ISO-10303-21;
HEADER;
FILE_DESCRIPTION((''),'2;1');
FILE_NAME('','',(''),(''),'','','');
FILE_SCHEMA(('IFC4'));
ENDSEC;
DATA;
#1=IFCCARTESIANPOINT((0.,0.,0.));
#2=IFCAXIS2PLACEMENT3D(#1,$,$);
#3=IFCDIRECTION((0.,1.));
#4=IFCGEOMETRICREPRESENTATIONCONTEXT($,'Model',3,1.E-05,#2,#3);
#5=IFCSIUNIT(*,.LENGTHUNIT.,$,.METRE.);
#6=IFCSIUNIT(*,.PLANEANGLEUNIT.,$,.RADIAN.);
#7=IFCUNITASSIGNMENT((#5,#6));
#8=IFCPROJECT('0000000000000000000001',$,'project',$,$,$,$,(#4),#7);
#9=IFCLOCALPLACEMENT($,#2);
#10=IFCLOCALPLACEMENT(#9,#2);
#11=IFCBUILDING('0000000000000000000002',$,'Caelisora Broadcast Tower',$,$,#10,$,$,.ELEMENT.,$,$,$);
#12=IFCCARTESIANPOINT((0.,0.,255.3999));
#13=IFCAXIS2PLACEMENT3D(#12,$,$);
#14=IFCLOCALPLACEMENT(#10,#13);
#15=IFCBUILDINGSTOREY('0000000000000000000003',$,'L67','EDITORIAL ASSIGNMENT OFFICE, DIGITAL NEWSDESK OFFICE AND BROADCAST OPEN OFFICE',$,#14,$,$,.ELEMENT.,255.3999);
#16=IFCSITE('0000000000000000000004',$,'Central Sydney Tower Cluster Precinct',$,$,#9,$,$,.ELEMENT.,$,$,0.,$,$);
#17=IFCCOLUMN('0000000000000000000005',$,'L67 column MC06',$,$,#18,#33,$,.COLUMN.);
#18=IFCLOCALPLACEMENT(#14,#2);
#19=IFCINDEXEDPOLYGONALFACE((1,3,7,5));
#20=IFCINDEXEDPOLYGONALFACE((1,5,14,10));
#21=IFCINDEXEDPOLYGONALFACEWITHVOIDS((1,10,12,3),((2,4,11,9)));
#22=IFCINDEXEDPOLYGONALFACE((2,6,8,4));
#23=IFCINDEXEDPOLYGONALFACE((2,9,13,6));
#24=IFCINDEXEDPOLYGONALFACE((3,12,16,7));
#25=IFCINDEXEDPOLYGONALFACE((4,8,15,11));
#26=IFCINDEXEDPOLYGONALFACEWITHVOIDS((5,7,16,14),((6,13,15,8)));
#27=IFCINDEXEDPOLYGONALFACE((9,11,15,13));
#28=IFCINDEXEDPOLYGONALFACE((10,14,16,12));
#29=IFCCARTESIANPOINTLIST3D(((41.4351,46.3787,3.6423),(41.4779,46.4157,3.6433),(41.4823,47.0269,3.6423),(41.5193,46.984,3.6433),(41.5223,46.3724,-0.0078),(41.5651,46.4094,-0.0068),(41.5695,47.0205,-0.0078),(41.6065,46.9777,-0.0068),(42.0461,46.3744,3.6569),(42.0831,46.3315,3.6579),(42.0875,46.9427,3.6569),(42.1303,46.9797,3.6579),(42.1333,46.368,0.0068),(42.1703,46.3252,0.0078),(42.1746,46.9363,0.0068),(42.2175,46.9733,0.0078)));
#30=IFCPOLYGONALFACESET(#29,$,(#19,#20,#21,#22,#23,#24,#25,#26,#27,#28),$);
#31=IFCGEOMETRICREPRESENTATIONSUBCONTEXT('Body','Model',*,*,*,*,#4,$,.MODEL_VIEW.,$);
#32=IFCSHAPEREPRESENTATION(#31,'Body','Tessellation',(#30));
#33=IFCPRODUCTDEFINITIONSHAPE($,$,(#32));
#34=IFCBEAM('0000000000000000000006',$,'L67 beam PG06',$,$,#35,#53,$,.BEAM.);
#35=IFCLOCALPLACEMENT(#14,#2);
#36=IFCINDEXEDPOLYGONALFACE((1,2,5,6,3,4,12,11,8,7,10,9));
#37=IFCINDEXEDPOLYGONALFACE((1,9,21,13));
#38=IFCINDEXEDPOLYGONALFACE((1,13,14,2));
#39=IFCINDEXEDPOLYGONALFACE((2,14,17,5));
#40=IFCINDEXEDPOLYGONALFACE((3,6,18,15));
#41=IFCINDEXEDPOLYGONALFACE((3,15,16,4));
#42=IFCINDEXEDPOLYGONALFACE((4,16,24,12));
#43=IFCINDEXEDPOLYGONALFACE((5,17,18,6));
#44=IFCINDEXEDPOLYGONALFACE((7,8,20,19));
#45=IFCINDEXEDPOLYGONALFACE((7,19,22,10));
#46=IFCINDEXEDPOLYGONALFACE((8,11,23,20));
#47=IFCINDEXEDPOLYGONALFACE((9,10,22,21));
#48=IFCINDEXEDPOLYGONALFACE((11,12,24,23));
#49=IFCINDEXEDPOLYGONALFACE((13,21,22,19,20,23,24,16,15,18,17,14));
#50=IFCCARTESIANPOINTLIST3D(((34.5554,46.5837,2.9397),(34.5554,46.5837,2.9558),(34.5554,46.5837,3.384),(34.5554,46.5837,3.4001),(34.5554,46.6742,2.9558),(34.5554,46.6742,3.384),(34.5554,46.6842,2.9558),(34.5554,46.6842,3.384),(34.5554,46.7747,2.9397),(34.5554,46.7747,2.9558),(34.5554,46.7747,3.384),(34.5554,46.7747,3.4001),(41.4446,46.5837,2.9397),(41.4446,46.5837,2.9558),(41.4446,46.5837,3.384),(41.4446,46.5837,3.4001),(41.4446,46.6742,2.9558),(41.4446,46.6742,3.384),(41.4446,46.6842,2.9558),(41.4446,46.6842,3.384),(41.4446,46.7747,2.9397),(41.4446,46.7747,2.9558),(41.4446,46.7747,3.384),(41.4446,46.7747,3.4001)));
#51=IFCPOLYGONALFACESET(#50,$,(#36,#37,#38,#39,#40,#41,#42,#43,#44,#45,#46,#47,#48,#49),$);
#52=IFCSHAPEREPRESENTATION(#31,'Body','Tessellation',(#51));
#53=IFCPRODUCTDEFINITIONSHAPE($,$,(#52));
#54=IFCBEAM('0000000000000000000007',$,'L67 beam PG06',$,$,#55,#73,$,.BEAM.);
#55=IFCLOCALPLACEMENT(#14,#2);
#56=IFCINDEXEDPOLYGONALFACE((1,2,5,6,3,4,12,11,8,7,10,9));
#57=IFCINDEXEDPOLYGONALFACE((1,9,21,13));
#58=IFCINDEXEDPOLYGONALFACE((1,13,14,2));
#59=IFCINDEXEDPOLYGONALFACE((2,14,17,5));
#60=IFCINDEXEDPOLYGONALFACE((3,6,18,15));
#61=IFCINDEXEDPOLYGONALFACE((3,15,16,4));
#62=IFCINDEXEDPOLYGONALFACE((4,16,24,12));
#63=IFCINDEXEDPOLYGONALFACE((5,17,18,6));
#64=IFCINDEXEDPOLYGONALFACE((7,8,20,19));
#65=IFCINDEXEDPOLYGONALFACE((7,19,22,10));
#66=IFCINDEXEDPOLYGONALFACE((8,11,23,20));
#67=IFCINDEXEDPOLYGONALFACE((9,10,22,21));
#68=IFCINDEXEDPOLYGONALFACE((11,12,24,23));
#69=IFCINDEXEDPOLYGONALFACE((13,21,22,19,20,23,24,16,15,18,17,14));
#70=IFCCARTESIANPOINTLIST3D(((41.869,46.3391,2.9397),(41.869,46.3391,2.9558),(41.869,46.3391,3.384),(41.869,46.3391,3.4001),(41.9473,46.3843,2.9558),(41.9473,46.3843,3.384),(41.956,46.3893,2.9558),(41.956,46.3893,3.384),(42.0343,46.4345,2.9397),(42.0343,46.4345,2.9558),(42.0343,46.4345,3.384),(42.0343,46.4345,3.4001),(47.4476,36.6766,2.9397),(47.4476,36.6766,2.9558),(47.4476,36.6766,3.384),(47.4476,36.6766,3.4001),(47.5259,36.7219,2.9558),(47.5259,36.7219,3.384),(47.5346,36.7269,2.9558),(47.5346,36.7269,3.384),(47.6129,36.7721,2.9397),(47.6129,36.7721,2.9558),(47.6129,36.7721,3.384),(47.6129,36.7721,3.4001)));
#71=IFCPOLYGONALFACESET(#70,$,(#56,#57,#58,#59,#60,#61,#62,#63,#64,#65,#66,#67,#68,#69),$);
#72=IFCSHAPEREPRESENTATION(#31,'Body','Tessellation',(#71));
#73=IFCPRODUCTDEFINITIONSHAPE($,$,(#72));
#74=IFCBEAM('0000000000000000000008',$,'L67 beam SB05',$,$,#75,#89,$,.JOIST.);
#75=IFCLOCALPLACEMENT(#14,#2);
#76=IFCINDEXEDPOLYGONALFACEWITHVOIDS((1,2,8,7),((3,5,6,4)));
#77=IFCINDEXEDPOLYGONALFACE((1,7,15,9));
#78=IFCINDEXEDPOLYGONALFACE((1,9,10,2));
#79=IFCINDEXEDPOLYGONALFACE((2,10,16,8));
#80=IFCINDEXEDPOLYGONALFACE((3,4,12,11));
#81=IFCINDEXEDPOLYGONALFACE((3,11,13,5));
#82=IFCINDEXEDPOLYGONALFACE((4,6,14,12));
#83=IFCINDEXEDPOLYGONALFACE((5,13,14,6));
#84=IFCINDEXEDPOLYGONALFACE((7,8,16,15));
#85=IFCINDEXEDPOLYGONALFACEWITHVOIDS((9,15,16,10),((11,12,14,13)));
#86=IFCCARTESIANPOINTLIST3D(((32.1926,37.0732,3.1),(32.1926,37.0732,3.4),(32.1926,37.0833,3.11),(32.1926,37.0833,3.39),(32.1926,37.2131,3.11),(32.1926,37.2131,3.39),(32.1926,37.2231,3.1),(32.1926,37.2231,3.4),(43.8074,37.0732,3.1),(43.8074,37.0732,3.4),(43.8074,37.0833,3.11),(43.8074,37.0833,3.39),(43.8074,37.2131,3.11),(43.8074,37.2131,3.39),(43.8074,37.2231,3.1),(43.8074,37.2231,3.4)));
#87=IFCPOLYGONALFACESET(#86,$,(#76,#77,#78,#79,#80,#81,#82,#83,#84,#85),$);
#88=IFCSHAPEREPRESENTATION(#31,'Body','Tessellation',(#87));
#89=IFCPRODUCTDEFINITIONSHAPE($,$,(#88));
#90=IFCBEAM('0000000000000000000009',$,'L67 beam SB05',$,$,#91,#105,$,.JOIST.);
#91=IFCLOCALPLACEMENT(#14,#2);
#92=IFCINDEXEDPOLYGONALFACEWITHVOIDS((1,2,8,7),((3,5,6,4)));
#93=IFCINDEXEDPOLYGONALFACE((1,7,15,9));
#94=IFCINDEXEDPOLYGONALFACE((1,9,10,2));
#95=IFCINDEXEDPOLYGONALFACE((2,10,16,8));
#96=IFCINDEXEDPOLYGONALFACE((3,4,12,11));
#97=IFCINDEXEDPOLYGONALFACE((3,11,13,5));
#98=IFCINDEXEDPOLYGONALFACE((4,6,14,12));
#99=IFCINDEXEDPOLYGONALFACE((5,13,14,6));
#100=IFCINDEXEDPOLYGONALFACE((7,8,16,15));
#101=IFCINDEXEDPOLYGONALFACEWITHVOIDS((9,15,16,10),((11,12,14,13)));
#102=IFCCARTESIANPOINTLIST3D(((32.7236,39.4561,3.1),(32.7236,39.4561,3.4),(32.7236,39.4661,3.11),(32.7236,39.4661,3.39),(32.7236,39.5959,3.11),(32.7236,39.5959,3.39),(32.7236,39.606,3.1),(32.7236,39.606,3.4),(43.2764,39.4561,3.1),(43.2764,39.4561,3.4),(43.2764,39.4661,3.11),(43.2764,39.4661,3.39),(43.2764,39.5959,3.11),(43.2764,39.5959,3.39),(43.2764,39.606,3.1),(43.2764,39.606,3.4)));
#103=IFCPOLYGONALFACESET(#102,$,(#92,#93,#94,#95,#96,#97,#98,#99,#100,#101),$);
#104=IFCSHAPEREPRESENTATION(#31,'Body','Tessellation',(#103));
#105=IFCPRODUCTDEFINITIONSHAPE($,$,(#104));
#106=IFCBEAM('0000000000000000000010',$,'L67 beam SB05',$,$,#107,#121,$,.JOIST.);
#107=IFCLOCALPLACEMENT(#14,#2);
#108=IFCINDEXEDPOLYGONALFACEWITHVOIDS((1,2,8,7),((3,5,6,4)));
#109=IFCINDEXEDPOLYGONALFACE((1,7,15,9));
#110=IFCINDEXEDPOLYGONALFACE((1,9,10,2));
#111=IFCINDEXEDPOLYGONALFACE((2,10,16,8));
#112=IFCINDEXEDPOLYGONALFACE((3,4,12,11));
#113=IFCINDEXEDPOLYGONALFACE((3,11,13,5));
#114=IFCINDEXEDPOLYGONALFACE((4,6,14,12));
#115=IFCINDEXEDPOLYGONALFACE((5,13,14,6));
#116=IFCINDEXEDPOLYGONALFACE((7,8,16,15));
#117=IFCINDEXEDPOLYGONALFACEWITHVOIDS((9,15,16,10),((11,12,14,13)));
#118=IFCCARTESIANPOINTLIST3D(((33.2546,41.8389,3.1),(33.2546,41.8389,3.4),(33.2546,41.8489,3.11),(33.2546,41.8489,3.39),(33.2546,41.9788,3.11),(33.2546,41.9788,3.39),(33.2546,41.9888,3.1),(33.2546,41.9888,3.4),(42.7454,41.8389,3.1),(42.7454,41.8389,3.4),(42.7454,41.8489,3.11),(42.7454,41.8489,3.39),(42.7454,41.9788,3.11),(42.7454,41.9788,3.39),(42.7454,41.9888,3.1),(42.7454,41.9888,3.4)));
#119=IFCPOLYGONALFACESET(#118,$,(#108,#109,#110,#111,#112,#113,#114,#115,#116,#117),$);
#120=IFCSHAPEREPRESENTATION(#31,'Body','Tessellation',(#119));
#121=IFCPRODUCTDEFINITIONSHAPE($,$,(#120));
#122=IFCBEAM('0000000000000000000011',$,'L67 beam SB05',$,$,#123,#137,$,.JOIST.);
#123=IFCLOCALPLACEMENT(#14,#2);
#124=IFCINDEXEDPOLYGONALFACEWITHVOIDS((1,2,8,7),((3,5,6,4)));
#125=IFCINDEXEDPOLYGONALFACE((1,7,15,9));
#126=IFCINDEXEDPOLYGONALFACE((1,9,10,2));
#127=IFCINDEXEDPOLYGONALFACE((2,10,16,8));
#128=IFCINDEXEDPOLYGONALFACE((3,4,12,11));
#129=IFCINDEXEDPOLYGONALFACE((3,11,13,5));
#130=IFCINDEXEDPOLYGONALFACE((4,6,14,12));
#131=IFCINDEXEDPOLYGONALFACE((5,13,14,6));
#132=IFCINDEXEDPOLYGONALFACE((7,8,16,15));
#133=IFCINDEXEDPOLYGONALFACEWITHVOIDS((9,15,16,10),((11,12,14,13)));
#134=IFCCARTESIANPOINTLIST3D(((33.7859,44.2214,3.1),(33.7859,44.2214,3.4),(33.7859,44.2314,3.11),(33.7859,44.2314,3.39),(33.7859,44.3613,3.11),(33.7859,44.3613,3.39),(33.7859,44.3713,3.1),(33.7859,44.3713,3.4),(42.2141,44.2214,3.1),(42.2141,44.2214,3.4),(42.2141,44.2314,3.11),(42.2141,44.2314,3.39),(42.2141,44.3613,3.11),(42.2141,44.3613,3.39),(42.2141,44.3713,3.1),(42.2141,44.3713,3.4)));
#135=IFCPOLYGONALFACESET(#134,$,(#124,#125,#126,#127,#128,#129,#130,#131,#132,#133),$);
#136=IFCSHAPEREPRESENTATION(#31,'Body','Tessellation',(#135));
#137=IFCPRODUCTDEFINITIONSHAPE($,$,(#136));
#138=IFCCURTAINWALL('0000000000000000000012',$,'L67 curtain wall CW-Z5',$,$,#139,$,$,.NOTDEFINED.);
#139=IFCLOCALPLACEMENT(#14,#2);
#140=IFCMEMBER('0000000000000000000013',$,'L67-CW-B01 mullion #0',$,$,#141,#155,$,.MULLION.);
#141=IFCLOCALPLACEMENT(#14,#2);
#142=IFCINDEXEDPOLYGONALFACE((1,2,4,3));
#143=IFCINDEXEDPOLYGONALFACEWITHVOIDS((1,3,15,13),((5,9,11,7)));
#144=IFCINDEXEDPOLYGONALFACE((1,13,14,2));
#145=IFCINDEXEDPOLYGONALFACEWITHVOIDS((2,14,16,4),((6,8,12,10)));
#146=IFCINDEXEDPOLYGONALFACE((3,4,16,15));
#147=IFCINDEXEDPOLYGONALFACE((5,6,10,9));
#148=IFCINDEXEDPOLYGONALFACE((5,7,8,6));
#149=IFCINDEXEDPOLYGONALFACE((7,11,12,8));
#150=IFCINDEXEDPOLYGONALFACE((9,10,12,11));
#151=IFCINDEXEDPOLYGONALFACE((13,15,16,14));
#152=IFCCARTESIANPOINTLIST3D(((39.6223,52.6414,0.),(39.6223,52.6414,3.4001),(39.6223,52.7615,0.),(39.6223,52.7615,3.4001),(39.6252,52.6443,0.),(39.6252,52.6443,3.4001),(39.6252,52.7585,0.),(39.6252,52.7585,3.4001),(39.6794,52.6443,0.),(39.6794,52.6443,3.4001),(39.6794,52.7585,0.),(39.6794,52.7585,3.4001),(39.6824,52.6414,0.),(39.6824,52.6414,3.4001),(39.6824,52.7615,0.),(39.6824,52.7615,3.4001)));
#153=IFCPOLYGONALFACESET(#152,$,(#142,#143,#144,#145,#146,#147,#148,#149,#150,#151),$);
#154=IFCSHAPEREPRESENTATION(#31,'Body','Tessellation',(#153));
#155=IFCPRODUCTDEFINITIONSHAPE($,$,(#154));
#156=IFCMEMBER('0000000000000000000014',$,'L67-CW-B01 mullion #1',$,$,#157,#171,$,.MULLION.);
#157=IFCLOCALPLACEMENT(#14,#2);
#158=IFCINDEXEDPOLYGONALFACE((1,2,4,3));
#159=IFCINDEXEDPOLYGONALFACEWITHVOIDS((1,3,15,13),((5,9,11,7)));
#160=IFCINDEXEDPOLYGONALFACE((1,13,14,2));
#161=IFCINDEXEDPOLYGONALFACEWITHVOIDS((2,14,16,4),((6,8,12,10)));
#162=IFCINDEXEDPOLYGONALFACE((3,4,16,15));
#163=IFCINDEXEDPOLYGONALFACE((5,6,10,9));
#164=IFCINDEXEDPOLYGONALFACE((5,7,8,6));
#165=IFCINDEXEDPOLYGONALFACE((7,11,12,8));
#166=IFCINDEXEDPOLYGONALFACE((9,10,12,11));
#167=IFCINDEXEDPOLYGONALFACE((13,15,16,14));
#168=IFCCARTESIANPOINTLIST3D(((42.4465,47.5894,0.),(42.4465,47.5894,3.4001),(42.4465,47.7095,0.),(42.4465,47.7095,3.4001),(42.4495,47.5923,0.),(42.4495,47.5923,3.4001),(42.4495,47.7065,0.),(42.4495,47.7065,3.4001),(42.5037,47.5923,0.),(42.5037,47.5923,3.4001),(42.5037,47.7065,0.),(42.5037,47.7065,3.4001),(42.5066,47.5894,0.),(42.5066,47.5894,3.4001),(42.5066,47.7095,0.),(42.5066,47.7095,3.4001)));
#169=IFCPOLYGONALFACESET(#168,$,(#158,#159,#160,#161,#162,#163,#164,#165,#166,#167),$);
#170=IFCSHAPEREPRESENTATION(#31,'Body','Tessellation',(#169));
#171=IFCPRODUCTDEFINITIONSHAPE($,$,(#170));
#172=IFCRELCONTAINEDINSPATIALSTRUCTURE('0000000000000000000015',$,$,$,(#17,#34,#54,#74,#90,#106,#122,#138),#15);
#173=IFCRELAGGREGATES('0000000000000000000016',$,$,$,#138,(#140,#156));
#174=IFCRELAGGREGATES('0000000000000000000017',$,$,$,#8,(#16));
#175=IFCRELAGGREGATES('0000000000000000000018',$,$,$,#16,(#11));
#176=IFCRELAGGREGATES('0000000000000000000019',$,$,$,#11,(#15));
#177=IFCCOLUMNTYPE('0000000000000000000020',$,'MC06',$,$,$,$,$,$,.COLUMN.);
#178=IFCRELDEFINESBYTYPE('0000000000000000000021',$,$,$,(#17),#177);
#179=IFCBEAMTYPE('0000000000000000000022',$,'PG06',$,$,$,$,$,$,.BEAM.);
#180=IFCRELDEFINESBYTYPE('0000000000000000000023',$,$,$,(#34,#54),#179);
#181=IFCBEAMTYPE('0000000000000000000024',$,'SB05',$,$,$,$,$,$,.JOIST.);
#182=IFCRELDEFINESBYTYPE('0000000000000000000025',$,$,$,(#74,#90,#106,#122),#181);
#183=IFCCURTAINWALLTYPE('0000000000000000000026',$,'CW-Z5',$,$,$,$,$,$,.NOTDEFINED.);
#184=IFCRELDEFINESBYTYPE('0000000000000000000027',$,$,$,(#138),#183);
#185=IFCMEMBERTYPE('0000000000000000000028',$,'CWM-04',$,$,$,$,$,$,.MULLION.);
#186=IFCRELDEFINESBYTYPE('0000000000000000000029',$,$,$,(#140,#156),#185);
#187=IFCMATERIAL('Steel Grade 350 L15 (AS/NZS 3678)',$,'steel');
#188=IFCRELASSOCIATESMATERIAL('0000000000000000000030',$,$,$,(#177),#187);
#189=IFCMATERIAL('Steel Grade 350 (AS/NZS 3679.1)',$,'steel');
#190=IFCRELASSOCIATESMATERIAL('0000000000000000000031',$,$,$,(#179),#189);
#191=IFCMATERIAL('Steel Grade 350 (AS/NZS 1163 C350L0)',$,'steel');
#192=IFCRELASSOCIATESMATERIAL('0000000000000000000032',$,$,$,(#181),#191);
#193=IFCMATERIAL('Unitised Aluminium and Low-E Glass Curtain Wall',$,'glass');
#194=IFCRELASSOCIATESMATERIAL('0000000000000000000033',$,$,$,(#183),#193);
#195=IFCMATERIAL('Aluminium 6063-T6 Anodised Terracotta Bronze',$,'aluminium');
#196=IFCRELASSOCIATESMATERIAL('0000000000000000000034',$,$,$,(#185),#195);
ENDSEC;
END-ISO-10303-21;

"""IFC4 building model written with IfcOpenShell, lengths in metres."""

from ifc_helpers import new_model, si_unit, direction, frame, origin, origin_2d, place, context, subcontext, project, spatial, hollow_rectangle, i_section, extrude, source, transform, mapped, material, material_profile, profile_set, type_object, type_shapes, element, aggregate, save


model = new_model("IFC4")

# Units and contexts
model_context = context("Model", 3, precision=1e-05, world=origin(), true_north=direction((0.0, 1.0)))
body_context = subcontext(model_context, "Body", "Model", "MODEL_VIEW")
ifc_project = project(units=[si_unit("LENGTHUNIT", "METRE"), si_unit("PLANEANGLEUNIT", "RADIAN")], contexts=[model_context])

# Site, building, storey
site_placement = place(None, origin())
site = spatial("IfcSite", under=ifc_project, at=site_placement, Name="Central Sydney Tower Cluster Precinct", CompositionType="ELEMENT", RefElevation=0.0)
building_placement = place(site_placement, origin())
building = spatial("IfcBuilding", under=site, at=building_placement, Name="Caelisora Broadcast Tower", CompositionType="ELEMENT")
storey_placement = place(building_placement, frame((0.0, 0.0, 255.3999)))
storey = spatial("IfcBuildingStorey", under=building, at=storey_placement, Name="L67", Description="EDITORIAL ASSIGNMENT OFFICE, DIGITAL NEWSDESK OFFICE AND BROADCAST OPEN OFFICE", CompositionType="ELEMENT", Elevation=255.3999)

# Column
ifc_material_1 = material(Name="Steel Grade 350 L15 (AS/NZS 3678)", Category="steel")
ifc_material_profile_1 = material_profile(ifc_material_1, hollow_rectangle(XDim=0.6499, YDim=0.6499, WallThickness=0.04, at=origin_2d()), Name="Steel Grade 350 L15 (AS/NZS 3678)")
ifc_profile_set_1 = profile_set([ifc_material_profile_1], Name="Steel Grade 350 L15 (AS/NZS 3678)")
column_type = type_object("IfcColumnType", Name="MC06", PredefinedType="COLUMN", material=ifc_profile_set_1)
shared_shape_1 = source(origin(), body_context, "Body", "SweptSolid", [
    extrude(hollow_rectangle(XDim=0.6499, YDim=0.6499, WallThickness=0.04, at=origin_2d()), origin(), (0.0, 0.0, 1.0), 3.6511),
])
type_shapes(column_type, [shared_shape_1])
column_placement = place(storey_placement, frame((41.8699, 46.6729, 0.0), z_axis=(-0.023871, 0.001739, 0.999714), x_axis=(-0.072637, -0.997358, 0.0)))
element("IfcColumn", 1, at=column_placement, inside=storey, type_object=column_type, Name="L67 column MC06", PredefinedType="COLUMN", context=body_context, shape_type="MappedRepresentation", body=[
    mapped(shared_shape_1, transform((0.0, 0.0, 0.0), scale=1.0)),
])

# Beams
ifc_material_2 = material(Name="Steel Grade 350 (AS/NZS 3679.1)", Category="steel")
ifc_material_profile_2 = material_profile(ifc_material_2, i_section(OverallWidth=0.1909, OverallDepth=0.4604, WebThickness=0.01, FlangeThickness=0.0161, at=origin_2d()), Name="Steel Grade 350 (AS/NZS 3679.1)")
ifc_profile_set_2 = profile_set([ifc_material_profile_2], Name="Steel Grade 350 (AS/NZS 3679.1)")
beam_type_1 = type_object("IfcBeamType", Name="PG06", PredefinedType="BEAM", material=ifc_profile_set_2)
shared_shape_2 = source(origin(), body_context, "Body", "SweptSolid", [
    extrude(i_section(OverallWidth=0.1909, OverallDepth=0.4604, WebThickness=0.01, FlangeThickness=0.0161, at=origin_2d()), origin(), (0.0, 0.0, 1.0), 6.8892),
])
beam_1_placement = place(storey_placement, frame((41.4446, 46.6792, 3.1699), z_axis=(-1.0, 0.0, 0.0), x_axis=(0.0, -1.0, 0.0)))
element("IfcBeam", 2, at=beam_1_placement, inside=storey, type_object=beam_type_1, Name="L67 beam PG06", PredefinedType="BEAM", context=body_context, shape_type="MappedRepresentation", body=[
    mapped(shared_shape_2, transform((0.0, 0.0, 0.0), scale=1.0)),
])
shared_shape_3 = source(origin(), body_context, "Body", "SweptSolid", [
    extrude(i_section(OverallWidth=0.1909, OverallDepth=0.4604, WebThickness=0.01, FlangeThickness=0.0161, at=origin_2d()), origin(), (0.0, 0.0, 1.0), 11.1572),
])
type_shapes(beam_type_1, [shared_shape_2, shared_shape_3])
beam_2_placement = place(storey_placement, frame((47.5303, 36.7244, 3.1699), z_axis=(-0.500003, 0.866023, 0.0), x_axis=(-0.866023, -0.500003, 0.0)))
element("IfcBeam", 3, at=beam_2_placement, inside=storey, type_object=beam_type_1, Name="L67 beam PG06", PredefinedType="BEAM", context=body_context, shape_type="MappedRepresentation", body=[
    mapped(shared_shape_3, transform((0.0, 0.0, 0.0), scale=1.0)),
])
ifc_material_3 = material(Name="Steel Grade 350 (AS/NZS 1163 C350L0)", Category="steel")
ifc_material_profile_3 = material_profile(ifc_material_3, hollow_rectangle(XDim=0.1499, YDim=0.3, WallThickness=0.01, at=origin_2d()), Name="Steel Grade 350 (AS/NZS 1163 C350L0)")
ifc_profile_set_3 = profile_set([ifc_material_profile_3], Name="Steel Grade 350 (AS/NZS 1163 C350L0)")
beam_type_2 = type_object("IfcBeamType", Name="SB05", PredefinedType="JOIST", material=ifc_profile_set_3)
shared_shape_4 = source(origin(), body_context, "Body", "SweptSolid", [
    extrude(hollow_rectangle(XDim=0.1499, YDim=0.3, WallThickness=0.01, at=origin_2d()), origin(), (0.0, 0.0, 1.0), 11.6147),
])
beam_3_placement = place(storey_placement, frame((43.8074, 37.1482, 3.25), z_axis=(-1.0, 0.0, 0.0), x_axis=(0.0, -1.0, 0.0)))
element("IfcBeam", 4, at=beam_3_placement, inside=storey, type_object=beam_type_2, Name="L67 beam SB05", PredefinedType="JOIST", context=body_context, shape_type="MappedRepresentation", body=[
    mapped(shared_shape_4, transform((0.0, 0.0, 0.0), scale=1.0)),
])
shared_shape_5 = source(origin(), body_context, "Body", "SweptSolid", [
    extrude(hollow_rectangle(XDim=0.1499, YDim=0.3, WallThickness=0.01, at=origin_2d()), origin(), (0.0, 0.0, 1.0), 10.5527),
])
beam_4_placement = place(storey_placement, frame((43.2764, 39.531, 3.25), z_axis=(-1.0, 0.0, 0.0), x_axis=(0.0, -1.0, 0.0)))
element("IfcBeam", 5, at=beam_4_placement, inside=storey, type_object=beam_type_2, Name="L67 beam SB05", PredefinedType="JOIST", context=body_context, shape_type="MappedRepresentation", body=[
    mapped(shared_shape_5, transform((0.0, 0.0, 0.0), scale=1.0)),
])
shared_shape_6 = source(origin(), body_context, "Body", "SweptSolid", [
    extrude(hollow_rectangle(XDim=0.1499, YDim=0.3, WallThickness=0.01, at=origin_2d()), origin(), (0.0, 0.0, 1.0), 9.4907),
])
beam_5_placement = place(storey_placement, frame((42.7454, 41.9138, 3.25), z_axis=(-1.0, 0.0, 0.0), x_axis=(0.0, -1.0, 0.0)))
element("IfcBeam", 6, at=beam_5_placement, inside=storey, type_object=beam_type_2, Name="L67 beam SB05", PredefinedType="JOIST", context=body_context, shape_type="MappedRepresentation", body=[
    mapped(shared_shape_6, transform((0.0, 0.0, 0.0), scale=1.0)),
])
shared_shape_7 = source(origin(), body_context, "Body", "SweptSolid", [
    extrude(hollow_rectangle(XDim=0.1499, YDim=0.3, WallThickness=0.01, at=origin_2d()), origin(), (0.0, 0.0, 1.0), 8.4282),
])
type_shapes(beam_type_2, [shared_shape_4, shared_shape_5, shared_shape_6, shared_shape_7])
beam_6_placement = place(storey_placement, frame((42.2141, 44.2964, 3.25), z_axis=(-1.0, 0.0, 0.0), x_axis=(0.0, -1.0, 0.0)))
element("IfcBeam", 7, at=beam_6_placement, inside=storey, type_object=beam_type_2, Name="L67 beam SB05", PredefinedType="JOIST", context=body_context, shape_type="MappedRepresentation", body=[
    mapped(shared_shape_7, transform((0.0, 0.0, 0.0), scale=1.0)),
])

# Curtain wall, members
ifc_material_4 = material(Name="Unitised Aluminium and Low-E Glass Curtain Wall", Category="glass")
curtain_wall_type_1 = type_object("IfcCurtainWallType", Name="CW-Z5", PredefinedType="NOTDEFINED", material=ifc_material_4)
curtain_wall_1_placement = place(storey_placement, origin())
curtain_wall_1 = element("IfcCurtainWall", 8, at=curtain_wall_1_placement, inside=storey, type_object=curtain_wall_type_1, Name="L67 curtain wall CW-Z5", PredefinedType="NOTDEFINED")
ifc_material_5 = material(Name="Aluminium 6063-T6 Anodised Terracotta Bronze", Category="aluminium")
ifc_material_profile_4 = material_profile(ifc_material_5, hollow_rectangle(XDim=0.0601, YDim=0.1201, WallThickness=0.0029, at=origin_2d()), Name="Aluminium 6063-T6 Anodised Terracotta Bronze")
ifc_profile_set_4 = profile_set([ifc_material_profile_4], Name="Aluminium 6063-T6 Anodised Terracotta Bronze")
member_type_1 = type_object("IfcMemberType", Name="CWM-04", PredefinedType="MULLION", material=ifc_profile_set_4)
shared_shape_8 = source(origin(), body_context, "Body", "SweptSolid", [
    extrude(hollow_rectangle(XDim=0.0601, YDim=0.1201, WallThickness=0.0029, at=origin_2d()), origin(), (0.0, 0.0, 1.0), 3.4001),
])
type_shapes(member_type_1, [shared_shape_8])
member_1_placement = place(storey_placement, frame((39.6523, 52.7014, 0.0), z_axis=(0.0, 0.0, 1.0), x_axis=(1.0, 0.0, 0.0)))
member_1 = element("IfcMember", 9, at=member_1_placement, type_object=member_type_1, Name="L67-CW-B01 mullion #0", PredefinedType="MULLION", context=body_context, shape_type="MappedRepresentation", body=[
    mapped(shared_shape_8, transform((0.0, 0.0, 0.0), scale=1.0)),
])
member_2_placement = place(storey_placement, frame((42.4766, 47.6494, 0.0), z_axis=(0.0, 0.0, 1.0), x_axis=(1.0, 0.0, 0.0)))
member_2 = element("IfcMember", 10, at=member_2_placement, type_object=member_type_1, Name="L67-CW-B01 mullion #1", PredefinedType="MULLION", context=body_context, shape_type="MappedRepresentation", body=[
    mapped(shared_shape_8, transform((0.0, 0.0, 0.0), scale=1.0)),
])

aggregate(curtain_wall_1, [member_1, member_2])

save(model, "model.ifc")
